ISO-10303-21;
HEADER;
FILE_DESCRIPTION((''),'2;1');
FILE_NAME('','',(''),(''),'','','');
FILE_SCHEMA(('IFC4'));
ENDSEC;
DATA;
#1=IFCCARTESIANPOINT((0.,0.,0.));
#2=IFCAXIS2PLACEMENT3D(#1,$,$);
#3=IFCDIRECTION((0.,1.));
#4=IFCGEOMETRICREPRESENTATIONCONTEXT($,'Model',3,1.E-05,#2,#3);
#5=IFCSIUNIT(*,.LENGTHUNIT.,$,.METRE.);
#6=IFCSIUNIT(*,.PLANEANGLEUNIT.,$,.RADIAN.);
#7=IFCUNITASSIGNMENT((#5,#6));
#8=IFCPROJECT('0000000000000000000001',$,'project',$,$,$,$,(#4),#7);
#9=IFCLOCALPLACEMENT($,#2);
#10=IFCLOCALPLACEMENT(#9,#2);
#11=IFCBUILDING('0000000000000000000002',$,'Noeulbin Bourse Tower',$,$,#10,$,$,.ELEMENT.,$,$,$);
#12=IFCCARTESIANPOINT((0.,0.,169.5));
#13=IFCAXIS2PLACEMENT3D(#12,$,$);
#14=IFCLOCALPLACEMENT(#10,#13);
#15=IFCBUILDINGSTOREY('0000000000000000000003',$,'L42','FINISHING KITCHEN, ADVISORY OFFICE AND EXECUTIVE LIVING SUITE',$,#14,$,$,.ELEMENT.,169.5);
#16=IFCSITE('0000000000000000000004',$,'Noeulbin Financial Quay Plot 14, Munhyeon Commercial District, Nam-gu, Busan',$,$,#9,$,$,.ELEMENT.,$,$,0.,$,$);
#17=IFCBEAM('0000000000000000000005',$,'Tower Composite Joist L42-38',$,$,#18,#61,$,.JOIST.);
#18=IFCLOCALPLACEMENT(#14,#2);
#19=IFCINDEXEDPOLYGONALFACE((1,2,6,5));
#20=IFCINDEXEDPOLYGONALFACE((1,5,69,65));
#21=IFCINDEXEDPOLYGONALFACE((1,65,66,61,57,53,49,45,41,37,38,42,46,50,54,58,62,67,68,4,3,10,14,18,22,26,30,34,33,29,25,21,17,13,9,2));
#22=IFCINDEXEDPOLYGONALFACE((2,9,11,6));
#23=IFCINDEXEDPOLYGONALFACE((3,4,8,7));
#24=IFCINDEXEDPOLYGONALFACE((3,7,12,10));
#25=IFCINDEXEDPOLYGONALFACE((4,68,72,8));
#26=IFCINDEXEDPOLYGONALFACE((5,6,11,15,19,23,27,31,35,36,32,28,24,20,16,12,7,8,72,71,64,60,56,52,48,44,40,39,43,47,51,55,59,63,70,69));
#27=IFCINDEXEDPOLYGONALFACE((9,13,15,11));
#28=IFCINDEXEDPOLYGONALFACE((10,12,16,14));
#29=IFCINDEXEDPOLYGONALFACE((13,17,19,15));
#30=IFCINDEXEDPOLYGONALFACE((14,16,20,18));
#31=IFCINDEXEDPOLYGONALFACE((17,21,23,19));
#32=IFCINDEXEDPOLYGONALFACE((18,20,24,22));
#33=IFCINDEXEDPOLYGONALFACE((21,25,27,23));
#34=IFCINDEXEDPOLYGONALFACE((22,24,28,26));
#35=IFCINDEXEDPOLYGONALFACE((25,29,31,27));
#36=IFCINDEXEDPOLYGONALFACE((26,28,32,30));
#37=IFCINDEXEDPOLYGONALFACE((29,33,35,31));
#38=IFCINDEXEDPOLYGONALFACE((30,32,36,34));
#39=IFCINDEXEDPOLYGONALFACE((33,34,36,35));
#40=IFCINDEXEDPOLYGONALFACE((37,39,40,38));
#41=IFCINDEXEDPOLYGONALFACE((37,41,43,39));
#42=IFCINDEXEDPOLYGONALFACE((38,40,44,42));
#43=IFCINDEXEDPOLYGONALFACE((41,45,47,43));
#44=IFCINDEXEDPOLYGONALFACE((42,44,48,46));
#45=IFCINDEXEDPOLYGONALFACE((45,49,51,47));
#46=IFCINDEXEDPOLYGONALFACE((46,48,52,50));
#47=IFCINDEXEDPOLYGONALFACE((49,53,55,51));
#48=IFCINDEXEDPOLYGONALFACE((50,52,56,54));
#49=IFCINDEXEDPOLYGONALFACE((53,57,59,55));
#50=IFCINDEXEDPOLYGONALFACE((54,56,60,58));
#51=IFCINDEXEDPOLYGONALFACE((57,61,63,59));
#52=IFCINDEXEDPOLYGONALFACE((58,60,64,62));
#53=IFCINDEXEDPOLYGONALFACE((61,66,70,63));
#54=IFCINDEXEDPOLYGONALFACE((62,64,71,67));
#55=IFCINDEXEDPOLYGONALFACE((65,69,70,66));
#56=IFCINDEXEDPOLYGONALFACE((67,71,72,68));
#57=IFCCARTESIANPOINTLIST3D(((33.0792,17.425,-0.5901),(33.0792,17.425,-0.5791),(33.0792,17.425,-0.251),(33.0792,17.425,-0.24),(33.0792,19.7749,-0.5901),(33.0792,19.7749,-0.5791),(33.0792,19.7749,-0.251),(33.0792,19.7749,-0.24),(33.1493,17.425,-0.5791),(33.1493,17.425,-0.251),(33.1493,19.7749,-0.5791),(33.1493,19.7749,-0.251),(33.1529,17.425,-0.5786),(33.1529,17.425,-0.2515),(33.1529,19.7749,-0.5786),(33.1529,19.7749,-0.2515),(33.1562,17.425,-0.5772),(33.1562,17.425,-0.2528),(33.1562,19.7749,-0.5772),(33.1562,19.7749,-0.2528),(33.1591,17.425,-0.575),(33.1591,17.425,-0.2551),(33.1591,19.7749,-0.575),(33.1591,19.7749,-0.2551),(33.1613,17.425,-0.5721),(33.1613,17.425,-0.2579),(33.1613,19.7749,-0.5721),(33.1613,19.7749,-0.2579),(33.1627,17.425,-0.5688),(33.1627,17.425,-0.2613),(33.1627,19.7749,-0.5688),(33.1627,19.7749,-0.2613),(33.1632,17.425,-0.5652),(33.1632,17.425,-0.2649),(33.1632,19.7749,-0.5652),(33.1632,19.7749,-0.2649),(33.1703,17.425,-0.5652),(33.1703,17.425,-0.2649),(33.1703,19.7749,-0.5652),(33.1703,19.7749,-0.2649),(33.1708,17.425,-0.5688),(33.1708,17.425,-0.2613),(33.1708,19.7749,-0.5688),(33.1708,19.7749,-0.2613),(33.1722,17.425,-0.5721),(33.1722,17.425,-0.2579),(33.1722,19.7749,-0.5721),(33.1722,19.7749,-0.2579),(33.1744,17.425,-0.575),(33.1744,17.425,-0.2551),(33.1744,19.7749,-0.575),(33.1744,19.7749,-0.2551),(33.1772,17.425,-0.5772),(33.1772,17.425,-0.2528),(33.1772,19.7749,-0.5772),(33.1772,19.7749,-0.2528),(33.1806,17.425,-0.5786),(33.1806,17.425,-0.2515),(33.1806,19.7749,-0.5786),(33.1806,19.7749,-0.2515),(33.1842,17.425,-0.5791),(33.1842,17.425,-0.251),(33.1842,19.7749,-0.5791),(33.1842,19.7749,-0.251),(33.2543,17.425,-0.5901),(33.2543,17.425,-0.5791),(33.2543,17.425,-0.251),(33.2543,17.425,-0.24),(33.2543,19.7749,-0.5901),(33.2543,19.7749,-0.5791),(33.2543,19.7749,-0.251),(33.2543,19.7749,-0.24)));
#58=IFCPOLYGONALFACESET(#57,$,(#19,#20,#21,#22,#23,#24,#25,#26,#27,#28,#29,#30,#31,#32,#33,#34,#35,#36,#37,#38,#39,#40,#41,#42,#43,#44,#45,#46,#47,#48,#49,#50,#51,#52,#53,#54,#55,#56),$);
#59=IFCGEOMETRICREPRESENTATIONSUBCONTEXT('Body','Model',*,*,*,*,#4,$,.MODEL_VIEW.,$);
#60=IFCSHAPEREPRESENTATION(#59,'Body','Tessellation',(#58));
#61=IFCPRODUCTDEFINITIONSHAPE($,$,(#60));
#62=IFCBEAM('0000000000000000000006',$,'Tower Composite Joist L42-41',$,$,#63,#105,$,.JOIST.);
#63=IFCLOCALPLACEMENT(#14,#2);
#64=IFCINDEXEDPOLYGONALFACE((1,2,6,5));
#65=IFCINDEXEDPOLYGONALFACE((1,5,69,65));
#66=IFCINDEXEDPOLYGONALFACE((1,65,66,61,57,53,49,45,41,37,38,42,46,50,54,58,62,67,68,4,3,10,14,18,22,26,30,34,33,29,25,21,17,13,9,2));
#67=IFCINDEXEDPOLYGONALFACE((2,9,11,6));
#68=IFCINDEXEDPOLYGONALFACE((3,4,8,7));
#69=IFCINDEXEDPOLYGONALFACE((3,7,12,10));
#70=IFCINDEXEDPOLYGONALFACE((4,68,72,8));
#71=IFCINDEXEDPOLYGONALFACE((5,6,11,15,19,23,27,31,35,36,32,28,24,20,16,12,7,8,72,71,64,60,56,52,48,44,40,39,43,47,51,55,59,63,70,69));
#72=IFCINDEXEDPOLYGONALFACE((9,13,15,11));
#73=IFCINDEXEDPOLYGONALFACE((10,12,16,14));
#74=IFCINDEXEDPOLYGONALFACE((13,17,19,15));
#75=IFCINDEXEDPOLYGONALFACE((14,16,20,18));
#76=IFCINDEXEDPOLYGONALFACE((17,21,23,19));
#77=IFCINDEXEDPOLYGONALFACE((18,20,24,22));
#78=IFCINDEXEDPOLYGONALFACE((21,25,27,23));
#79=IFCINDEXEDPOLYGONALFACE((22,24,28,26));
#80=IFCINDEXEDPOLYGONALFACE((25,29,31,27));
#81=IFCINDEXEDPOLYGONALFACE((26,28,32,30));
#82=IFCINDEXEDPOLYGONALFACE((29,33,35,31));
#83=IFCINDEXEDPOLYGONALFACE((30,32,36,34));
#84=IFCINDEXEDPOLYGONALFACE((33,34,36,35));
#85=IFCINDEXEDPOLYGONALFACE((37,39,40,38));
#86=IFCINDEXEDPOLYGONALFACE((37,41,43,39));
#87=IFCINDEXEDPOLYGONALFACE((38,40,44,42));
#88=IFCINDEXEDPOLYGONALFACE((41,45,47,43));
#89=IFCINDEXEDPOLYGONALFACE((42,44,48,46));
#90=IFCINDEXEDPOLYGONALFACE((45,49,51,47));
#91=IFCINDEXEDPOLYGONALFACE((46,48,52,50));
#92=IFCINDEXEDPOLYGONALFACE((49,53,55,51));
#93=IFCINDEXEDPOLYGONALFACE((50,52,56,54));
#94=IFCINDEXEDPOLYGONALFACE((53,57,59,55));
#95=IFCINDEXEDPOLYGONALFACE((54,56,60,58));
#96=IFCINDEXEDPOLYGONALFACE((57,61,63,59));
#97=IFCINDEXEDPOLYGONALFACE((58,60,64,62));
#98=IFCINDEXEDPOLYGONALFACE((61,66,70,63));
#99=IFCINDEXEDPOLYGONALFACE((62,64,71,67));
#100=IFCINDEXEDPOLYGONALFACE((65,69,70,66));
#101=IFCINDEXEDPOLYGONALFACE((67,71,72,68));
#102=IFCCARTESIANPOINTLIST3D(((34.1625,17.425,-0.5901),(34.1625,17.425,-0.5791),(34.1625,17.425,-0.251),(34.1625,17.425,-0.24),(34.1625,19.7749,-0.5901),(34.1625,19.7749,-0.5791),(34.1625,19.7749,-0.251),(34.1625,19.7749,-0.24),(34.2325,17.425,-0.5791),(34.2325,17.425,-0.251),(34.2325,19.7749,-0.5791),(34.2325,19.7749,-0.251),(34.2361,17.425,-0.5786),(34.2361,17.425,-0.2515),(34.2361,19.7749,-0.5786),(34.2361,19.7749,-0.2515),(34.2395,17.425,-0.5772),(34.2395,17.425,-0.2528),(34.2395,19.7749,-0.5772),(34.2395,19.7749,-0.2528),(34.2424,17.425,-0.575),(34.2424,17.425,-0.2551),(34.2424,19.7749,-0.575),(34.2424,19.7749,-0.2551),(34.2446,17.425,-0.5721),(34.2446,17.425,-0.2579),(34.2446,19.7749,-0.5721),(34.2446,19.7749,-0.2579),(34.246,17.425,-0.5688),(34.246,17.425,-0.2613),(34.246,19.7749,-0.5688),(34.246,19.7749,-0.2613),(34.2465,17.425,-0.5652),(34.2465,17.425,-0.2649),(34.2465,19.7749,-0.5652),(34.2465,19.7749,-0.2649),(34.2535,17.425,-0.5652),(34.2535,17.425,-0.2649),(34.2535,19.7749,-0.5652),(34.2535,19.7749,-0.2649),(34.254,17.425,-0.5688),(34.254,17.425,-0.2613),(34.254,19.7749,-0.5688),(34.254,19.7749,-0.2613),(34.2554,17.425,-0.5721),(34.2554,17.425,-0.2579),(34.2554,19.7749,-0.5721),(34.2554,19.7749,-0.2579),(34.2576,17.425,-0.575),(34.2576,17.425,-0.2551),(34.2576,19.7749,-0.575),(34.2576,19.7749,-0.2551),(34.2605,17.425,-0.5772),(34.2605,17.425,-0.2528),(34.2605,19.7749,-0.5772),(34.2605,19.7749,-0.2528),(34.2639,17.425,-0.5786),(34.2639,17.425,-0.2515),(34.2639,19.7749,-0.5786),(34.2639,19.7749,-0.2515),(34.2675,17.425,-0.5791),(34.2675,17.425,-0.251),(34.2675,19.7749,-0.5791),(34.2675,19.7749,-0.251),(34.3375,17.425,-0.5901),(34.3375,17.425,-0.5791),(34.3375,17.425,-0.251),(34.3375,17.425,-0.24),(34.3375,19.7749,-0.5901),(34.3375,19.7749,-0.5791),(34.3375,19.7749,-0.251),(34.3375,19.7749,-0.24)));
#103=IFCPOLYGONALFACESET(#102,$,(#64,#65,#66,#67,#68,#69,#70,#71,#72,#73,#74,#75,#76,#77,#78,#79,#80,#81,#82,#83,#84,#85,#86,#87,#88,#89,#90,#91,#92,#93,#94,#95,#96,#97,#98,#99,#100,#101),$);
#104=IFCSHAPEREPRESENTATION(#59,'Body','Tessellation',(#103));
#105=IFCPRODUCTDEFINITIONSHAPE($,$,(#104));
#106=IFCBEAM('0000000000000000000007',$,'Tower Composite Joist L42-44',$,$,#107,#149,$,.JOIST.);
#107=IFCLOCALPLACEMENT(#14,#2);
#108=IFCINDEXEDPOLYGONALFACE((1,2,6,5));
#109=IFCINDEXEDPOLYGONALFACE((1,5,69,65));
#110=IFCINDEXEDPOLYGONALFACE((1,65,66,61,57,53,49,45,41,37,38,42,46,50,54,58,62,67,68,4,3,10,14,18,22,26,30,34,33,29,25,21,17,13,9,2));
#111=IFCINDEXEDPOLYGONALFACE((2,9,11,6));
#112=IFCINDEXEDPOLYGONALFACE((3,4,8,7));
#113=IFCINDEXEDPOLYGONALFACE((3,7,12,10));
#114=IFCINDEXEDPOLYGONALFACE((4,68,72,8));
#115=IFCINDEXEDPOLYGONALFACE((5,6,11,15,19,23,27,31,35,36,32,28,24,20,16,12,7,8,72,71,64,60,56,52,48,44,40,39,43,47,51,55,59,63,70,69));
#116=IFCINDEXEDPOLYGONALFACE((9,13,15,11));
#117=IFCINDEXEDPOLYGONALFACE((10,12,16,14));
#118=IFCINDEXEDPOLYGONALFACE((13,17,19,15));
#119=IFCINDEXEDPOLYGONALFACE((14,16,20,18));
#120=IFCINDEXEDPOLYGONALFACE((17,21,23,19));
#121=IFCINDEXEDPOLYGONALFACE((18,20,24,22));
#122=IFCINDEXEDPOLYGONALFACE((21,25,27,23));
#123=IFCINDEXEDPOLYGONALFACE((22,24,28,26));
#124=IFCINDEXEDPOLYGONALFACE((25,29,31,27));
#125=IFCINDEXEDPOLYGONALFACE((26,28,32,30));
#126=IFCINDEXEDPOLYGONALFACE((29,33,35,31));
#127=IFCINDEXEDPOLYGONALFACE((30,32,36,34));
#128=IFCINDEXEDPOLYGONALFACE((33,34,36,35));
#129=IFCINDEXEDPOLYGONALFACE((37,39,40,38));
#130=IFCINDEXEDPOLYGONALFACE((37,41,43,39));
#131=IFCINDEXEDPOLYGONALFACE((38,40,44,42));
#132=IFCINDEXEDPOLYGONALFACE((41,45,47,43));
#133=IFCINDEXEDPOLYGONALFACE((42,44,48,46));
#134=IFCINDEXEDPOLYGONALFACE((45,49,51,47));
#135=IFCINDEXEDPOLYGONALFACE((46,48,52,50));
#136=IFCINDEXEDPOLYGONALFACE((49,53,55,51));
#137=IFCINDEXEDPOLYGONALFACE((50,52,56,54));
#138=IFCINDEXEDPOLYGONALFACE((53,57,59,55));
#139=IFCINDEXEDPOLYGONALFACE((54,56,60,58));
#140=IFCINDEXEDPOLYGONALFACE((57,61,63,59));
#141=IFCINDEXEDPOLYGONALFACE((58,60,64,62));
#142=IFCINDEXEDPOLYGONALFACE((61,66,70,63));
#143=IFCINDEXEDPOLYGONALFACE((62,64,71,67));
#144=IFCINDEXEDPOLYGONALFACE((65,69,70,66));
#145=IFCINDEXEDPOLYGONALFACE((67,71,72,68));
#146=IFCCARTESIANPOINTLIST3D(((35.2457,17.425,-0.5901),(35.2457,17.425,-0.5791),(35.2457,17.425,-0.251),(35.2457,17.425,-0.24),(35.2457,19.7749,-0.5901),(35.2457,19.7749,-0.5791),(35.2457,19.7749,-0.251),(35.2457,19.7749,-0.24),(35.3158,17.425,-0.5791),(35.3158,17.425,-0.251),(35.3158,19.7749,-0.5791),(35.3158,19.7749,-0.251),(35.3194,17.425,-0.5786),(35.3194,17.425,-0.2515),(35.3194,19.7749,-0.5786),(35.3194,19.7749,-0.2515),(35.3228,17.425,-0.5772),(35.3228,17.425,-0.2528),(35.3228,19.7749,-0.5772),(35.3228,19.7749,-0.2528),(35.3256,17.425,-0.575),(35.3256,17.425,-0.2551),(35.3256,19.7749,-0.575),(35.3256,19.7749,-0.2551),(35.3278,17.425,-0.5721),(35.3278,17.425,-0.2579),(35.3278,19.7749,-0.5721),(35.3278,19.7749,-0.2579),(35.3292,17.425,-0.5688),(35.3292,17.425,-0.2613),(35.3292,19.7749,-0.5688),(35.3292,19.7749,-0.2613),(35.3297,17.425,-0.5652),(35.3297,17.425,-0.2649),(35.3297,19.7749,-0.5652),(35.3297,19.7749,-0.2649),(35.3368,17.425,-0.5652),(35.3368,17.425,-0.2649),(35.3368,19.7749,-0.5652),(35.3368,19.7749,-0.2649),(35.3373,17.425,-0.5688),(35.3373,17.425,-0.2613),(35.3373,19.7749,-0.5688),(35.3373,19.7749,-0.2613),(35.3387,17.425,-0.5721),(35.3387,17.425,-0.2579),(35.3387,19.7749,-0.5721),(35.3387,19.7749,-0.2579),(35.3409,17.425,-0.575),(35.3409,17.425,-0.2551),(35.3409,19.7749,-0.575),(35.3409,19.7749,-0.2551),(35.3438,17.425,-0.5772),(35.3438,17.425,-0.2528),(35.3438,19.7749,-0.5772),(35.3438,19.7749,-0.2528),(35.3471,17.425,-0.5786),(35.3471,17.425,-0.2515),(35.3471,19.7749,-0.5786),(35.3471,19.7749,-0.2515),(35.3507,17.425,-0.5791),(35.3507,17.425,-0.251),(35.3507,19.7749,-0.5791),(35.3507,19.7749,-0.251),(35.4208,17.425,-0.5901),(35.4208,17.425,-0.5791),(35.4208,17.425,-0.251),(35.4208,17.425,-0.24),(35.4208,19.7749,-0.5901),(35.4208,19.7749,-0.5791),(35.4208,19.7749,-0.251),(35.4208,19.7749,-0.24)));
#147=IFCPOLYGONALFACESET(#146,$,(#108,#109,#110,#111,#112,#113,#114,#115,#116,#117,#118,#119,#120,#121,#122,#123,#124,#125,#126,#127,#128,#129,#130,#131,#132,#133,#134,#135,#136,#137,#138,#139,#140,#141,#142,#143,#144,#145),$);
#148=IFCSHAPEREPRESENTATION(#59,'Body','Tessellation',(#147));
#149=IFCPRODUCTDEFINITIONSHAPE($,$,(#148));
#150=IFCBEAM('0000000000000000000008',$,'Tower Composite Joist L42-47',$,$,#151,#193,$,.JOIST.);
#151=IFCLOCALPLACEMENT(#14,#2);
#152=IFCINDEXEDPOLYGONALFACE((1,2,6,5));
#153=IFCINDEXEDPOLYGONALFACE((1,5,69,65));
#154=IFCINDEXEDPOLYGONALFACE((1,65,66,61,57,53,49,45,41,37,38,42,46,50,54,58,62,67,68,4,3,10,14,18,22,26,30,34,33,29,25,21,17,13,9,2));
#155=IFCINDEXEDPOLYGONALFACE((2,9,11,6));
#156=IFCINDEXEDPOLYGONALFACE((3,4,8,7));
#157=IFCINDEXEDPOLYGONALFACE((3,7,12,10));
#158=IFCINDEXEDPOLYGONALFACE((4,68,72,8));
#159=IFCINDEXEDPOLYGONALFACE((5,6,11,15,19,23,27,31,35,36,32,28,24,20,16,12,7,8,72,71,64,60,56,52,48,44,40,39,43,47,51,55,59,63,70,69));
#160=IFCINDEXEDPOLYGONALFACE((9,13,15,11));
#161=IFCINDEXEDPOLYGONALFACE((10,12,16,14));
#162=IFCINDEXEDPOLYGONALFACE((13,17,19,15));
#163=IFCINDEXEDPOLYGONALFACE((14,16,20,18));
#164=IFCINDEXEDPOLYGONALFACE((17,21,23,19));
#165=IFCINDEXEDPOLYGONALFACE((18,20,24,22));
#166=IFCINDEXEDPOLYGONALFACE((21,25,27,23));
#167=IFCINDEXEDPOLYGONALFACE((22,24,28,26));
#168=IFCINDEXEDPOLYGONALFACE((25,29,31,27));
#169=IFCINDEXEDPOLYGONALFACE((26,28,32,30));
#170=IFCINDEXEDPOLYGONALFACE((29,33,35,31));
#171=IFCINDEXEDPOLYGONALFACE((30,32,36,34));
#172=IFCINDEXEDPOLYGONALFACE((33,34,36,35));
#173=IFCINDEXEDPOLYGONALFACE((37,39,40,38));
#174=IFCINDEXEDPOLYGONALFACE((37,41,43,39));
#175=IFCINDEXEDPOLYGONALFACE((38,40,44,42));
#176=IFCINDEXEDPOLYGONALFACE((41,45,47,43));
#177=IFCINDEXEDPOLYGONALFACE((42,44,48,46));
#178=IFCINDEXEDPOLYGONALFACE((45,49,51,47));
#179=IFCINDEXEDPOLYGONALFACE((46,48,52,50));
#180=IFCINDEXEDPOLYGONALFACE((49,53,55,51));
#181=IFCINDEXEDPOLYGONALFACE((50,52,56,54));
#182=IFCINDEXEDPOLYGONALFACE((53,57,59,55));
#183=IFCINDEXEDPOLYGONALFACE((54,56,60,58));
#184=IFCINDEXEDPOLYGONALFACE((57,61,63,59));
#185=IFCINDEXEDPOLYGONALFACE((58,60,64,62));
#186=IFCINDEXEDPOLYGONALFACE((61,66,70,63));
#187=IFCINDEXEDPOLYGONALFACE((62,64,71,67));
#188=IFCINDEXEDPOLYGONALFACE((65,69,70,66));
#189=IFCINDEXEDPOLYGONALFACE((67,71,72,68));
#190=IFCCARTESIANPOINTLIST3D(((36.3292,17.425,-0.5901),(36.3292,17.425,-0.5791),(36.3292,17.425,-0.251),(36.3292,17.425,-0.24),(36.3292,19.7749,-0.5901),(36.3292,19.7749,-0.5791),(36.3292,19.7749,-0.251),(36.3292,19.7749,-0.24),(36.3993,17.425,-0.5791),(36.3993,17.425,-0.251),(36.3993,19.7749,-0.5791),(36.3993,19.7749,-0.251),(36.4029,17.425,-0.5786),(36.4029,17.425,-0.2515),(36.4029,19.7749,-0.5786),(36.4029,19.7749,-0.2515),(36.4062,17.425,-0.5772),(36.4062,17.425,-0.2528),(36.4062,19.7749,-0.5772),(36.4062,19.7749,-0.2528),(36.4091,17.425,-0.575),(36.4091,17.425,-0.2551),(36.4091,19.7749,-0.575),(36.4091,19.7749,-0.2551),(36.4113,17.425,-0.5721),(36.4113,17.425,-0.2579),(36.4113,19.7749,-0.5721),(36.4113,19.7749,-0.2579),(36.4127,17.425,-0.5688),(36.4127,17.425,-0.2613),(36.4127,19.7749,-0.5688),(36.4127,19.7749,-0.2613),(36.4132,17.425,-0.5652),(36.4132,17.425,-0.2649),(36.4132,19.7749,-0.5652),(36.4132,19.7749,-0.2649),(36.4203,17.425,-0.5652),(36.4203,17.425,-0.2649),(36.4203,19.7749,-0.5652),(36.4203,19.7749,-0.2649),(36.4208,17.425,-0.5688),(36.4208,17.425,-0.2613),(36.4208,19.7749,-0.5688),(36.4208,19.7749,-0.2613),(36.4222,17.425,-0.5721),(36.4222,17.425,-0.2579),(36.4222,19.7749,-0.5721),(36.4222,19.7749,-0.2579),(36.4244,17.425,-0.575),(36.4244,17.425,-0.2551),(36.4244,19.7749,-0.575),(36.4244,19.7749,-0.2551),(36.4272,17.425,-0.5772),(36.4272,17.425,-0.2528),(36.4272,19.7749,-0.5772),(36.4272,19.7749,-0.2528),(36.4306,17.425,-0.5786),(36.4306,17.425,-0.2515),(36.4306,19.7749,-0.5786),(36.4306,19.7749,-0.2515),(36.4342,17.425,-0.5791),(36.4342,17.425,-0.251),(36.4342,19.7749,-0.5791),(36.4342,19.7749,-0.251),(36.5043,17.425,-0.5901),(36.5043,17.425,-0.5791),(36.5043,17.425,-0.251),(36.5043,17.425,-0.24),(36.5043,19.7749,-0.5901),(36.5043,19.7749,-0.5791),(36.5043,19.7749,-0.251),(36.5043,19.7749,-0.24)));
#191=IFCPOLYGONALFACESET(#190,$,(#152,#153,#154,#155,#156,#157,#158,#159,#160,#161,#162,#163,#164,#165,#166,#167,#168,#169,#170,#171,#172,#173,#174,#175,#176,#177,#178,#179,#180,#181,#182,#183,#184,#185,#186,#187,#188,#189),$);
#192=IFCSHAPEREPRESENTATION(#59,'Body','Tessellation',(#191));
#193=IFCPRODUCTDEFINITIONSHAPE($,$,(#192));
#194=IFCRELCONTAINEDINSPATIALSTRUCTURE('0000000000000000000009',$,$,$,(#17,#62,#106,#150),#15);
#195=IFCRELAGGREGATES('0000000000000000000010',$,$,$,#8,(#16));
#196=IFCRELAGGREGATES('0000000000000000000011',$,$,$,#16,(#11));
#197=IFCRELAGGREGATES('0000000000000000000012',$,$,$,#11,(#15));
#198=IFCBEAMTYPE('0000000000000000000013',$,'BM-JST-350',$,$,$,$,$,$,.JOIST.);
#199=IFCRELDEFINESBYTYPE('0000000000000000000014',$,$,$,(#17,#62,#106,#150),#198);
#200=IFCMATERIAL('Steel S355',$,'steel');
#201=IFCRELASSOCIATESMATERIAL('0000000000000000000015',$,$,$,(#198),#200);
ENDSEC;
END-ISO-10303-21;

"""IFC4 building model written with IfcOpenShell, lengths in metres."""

from ifc_helpers import new_model, si_unit, direction, frame, origin, origin_2d, place, context, subcontext, project, spatial, i_section, extrude, material, material_profile, profile_set, type_object, element, save


model = new_model("IFC4")

# Units and contexts
model_context = context("Model", 3, precision=1e-05, world=origin(), true_north=direction((0.0, 1.0)))
body_context = subcontext(model_context, "Body", "Model", "MODEL_VIEW")
ifc_project = project(units=[si_unit("LENGTHUNIT", "METRE"), si_unit("PLANEANGLEUNIT", "RADIAN")], contexts=[model_context])

# Site, building, storey
site_placement = place(None, origin())
site = spatial("IfcSite", under=ifc_project, at=site_placement, Name="Noeulbin Financial Quay Plot 14, Munhyeon Commercial District, Nam-gu, Busan", CompositionType="ELEMENT", RefElevation=0.0)
building_placement = place(site_placement, origin())
building = spatial("IfcBuilding", under=site, at=building_placement, Name="Noeulbin Bourse Tower", CompositionType="ELEMENT")
storey_placement = place(building_placement, frame((0.0, 0.0, 169.5)))
storey = spatial("IfcBuildingStorey", under=building, at=storey_placement, Name="L42", Description="FINISHING KITCHEN, ADVISORY OFFICE AND EXECUTIVE LIVING SUITE", CompositionType="ELEMENT", Elevation=169.5)

# Shared definitions
ifc_material_1 = material(Name="Steel S355", Category="steel")

# Beams
ifc_material_profile_1 = material_profile(ifc_material_1, i_section(OverallWidth=0.175, OverallDepth=0.3501, WebThickness=0.0071, FlangeThickness=0.011, FilletRadius=0.0139, at=origin_2d()), Name="H-350x175x7x11", Category="LoadBearing")
ifc_profile_set_1 = profile_set([ifc_material_profile_1], Name="Steel S355")
beam_type_1 = type_object("IfcBeamType", Name="BM-JST-350", PredefinedType="JOIST", material=ifc_profile_set_1)
for number, where, z_axis, x_axis, name in (
    (1, (33.1667, 17.425, -0.415), (0.0, 1.0, 0.0), (-1.0, 0.0, 0.0), "Tower Composite Joist L42-38"),
    (2, (34.25, 17.425, -0.415), (0.0, 1.0, 0.0), (-1.0, 0.0, 0.0), "Tower Composite Joist L42-41"),
    (3, (35.3333, 17.425, -0.415), (0.0, 1.0, 0.0), (-1.0, 0.0, 0.0), "Tower Composite Joist L42-44"),
    (4, (36.4167, 17.425, -0.415), (0.0, 1.0, 0.0), (-1.0, 0.0, 0.0), "Tower Composite Joist L42-47"),
):
    element("IfcBeam", number, at=place(storey_placement, frame(where, z_axis=z_axis, x_axis=x_axis)), inside=storey, type_object=beam_type_1, Name=name, PredefinedType="JOIST", context=body_context, shape_type="SweptSolid", body=[
        extrude(i_section(OverallWidth=0.175, OverallDepth=0.3501, WebThickness=0.0071, FlangeThickness=0.011, FilletRadius=0.0139, at=origin_2d()), origin(), (0.0, 0.0, 1.0), 2.3499),
    ])

save(model, "model.ifc")
